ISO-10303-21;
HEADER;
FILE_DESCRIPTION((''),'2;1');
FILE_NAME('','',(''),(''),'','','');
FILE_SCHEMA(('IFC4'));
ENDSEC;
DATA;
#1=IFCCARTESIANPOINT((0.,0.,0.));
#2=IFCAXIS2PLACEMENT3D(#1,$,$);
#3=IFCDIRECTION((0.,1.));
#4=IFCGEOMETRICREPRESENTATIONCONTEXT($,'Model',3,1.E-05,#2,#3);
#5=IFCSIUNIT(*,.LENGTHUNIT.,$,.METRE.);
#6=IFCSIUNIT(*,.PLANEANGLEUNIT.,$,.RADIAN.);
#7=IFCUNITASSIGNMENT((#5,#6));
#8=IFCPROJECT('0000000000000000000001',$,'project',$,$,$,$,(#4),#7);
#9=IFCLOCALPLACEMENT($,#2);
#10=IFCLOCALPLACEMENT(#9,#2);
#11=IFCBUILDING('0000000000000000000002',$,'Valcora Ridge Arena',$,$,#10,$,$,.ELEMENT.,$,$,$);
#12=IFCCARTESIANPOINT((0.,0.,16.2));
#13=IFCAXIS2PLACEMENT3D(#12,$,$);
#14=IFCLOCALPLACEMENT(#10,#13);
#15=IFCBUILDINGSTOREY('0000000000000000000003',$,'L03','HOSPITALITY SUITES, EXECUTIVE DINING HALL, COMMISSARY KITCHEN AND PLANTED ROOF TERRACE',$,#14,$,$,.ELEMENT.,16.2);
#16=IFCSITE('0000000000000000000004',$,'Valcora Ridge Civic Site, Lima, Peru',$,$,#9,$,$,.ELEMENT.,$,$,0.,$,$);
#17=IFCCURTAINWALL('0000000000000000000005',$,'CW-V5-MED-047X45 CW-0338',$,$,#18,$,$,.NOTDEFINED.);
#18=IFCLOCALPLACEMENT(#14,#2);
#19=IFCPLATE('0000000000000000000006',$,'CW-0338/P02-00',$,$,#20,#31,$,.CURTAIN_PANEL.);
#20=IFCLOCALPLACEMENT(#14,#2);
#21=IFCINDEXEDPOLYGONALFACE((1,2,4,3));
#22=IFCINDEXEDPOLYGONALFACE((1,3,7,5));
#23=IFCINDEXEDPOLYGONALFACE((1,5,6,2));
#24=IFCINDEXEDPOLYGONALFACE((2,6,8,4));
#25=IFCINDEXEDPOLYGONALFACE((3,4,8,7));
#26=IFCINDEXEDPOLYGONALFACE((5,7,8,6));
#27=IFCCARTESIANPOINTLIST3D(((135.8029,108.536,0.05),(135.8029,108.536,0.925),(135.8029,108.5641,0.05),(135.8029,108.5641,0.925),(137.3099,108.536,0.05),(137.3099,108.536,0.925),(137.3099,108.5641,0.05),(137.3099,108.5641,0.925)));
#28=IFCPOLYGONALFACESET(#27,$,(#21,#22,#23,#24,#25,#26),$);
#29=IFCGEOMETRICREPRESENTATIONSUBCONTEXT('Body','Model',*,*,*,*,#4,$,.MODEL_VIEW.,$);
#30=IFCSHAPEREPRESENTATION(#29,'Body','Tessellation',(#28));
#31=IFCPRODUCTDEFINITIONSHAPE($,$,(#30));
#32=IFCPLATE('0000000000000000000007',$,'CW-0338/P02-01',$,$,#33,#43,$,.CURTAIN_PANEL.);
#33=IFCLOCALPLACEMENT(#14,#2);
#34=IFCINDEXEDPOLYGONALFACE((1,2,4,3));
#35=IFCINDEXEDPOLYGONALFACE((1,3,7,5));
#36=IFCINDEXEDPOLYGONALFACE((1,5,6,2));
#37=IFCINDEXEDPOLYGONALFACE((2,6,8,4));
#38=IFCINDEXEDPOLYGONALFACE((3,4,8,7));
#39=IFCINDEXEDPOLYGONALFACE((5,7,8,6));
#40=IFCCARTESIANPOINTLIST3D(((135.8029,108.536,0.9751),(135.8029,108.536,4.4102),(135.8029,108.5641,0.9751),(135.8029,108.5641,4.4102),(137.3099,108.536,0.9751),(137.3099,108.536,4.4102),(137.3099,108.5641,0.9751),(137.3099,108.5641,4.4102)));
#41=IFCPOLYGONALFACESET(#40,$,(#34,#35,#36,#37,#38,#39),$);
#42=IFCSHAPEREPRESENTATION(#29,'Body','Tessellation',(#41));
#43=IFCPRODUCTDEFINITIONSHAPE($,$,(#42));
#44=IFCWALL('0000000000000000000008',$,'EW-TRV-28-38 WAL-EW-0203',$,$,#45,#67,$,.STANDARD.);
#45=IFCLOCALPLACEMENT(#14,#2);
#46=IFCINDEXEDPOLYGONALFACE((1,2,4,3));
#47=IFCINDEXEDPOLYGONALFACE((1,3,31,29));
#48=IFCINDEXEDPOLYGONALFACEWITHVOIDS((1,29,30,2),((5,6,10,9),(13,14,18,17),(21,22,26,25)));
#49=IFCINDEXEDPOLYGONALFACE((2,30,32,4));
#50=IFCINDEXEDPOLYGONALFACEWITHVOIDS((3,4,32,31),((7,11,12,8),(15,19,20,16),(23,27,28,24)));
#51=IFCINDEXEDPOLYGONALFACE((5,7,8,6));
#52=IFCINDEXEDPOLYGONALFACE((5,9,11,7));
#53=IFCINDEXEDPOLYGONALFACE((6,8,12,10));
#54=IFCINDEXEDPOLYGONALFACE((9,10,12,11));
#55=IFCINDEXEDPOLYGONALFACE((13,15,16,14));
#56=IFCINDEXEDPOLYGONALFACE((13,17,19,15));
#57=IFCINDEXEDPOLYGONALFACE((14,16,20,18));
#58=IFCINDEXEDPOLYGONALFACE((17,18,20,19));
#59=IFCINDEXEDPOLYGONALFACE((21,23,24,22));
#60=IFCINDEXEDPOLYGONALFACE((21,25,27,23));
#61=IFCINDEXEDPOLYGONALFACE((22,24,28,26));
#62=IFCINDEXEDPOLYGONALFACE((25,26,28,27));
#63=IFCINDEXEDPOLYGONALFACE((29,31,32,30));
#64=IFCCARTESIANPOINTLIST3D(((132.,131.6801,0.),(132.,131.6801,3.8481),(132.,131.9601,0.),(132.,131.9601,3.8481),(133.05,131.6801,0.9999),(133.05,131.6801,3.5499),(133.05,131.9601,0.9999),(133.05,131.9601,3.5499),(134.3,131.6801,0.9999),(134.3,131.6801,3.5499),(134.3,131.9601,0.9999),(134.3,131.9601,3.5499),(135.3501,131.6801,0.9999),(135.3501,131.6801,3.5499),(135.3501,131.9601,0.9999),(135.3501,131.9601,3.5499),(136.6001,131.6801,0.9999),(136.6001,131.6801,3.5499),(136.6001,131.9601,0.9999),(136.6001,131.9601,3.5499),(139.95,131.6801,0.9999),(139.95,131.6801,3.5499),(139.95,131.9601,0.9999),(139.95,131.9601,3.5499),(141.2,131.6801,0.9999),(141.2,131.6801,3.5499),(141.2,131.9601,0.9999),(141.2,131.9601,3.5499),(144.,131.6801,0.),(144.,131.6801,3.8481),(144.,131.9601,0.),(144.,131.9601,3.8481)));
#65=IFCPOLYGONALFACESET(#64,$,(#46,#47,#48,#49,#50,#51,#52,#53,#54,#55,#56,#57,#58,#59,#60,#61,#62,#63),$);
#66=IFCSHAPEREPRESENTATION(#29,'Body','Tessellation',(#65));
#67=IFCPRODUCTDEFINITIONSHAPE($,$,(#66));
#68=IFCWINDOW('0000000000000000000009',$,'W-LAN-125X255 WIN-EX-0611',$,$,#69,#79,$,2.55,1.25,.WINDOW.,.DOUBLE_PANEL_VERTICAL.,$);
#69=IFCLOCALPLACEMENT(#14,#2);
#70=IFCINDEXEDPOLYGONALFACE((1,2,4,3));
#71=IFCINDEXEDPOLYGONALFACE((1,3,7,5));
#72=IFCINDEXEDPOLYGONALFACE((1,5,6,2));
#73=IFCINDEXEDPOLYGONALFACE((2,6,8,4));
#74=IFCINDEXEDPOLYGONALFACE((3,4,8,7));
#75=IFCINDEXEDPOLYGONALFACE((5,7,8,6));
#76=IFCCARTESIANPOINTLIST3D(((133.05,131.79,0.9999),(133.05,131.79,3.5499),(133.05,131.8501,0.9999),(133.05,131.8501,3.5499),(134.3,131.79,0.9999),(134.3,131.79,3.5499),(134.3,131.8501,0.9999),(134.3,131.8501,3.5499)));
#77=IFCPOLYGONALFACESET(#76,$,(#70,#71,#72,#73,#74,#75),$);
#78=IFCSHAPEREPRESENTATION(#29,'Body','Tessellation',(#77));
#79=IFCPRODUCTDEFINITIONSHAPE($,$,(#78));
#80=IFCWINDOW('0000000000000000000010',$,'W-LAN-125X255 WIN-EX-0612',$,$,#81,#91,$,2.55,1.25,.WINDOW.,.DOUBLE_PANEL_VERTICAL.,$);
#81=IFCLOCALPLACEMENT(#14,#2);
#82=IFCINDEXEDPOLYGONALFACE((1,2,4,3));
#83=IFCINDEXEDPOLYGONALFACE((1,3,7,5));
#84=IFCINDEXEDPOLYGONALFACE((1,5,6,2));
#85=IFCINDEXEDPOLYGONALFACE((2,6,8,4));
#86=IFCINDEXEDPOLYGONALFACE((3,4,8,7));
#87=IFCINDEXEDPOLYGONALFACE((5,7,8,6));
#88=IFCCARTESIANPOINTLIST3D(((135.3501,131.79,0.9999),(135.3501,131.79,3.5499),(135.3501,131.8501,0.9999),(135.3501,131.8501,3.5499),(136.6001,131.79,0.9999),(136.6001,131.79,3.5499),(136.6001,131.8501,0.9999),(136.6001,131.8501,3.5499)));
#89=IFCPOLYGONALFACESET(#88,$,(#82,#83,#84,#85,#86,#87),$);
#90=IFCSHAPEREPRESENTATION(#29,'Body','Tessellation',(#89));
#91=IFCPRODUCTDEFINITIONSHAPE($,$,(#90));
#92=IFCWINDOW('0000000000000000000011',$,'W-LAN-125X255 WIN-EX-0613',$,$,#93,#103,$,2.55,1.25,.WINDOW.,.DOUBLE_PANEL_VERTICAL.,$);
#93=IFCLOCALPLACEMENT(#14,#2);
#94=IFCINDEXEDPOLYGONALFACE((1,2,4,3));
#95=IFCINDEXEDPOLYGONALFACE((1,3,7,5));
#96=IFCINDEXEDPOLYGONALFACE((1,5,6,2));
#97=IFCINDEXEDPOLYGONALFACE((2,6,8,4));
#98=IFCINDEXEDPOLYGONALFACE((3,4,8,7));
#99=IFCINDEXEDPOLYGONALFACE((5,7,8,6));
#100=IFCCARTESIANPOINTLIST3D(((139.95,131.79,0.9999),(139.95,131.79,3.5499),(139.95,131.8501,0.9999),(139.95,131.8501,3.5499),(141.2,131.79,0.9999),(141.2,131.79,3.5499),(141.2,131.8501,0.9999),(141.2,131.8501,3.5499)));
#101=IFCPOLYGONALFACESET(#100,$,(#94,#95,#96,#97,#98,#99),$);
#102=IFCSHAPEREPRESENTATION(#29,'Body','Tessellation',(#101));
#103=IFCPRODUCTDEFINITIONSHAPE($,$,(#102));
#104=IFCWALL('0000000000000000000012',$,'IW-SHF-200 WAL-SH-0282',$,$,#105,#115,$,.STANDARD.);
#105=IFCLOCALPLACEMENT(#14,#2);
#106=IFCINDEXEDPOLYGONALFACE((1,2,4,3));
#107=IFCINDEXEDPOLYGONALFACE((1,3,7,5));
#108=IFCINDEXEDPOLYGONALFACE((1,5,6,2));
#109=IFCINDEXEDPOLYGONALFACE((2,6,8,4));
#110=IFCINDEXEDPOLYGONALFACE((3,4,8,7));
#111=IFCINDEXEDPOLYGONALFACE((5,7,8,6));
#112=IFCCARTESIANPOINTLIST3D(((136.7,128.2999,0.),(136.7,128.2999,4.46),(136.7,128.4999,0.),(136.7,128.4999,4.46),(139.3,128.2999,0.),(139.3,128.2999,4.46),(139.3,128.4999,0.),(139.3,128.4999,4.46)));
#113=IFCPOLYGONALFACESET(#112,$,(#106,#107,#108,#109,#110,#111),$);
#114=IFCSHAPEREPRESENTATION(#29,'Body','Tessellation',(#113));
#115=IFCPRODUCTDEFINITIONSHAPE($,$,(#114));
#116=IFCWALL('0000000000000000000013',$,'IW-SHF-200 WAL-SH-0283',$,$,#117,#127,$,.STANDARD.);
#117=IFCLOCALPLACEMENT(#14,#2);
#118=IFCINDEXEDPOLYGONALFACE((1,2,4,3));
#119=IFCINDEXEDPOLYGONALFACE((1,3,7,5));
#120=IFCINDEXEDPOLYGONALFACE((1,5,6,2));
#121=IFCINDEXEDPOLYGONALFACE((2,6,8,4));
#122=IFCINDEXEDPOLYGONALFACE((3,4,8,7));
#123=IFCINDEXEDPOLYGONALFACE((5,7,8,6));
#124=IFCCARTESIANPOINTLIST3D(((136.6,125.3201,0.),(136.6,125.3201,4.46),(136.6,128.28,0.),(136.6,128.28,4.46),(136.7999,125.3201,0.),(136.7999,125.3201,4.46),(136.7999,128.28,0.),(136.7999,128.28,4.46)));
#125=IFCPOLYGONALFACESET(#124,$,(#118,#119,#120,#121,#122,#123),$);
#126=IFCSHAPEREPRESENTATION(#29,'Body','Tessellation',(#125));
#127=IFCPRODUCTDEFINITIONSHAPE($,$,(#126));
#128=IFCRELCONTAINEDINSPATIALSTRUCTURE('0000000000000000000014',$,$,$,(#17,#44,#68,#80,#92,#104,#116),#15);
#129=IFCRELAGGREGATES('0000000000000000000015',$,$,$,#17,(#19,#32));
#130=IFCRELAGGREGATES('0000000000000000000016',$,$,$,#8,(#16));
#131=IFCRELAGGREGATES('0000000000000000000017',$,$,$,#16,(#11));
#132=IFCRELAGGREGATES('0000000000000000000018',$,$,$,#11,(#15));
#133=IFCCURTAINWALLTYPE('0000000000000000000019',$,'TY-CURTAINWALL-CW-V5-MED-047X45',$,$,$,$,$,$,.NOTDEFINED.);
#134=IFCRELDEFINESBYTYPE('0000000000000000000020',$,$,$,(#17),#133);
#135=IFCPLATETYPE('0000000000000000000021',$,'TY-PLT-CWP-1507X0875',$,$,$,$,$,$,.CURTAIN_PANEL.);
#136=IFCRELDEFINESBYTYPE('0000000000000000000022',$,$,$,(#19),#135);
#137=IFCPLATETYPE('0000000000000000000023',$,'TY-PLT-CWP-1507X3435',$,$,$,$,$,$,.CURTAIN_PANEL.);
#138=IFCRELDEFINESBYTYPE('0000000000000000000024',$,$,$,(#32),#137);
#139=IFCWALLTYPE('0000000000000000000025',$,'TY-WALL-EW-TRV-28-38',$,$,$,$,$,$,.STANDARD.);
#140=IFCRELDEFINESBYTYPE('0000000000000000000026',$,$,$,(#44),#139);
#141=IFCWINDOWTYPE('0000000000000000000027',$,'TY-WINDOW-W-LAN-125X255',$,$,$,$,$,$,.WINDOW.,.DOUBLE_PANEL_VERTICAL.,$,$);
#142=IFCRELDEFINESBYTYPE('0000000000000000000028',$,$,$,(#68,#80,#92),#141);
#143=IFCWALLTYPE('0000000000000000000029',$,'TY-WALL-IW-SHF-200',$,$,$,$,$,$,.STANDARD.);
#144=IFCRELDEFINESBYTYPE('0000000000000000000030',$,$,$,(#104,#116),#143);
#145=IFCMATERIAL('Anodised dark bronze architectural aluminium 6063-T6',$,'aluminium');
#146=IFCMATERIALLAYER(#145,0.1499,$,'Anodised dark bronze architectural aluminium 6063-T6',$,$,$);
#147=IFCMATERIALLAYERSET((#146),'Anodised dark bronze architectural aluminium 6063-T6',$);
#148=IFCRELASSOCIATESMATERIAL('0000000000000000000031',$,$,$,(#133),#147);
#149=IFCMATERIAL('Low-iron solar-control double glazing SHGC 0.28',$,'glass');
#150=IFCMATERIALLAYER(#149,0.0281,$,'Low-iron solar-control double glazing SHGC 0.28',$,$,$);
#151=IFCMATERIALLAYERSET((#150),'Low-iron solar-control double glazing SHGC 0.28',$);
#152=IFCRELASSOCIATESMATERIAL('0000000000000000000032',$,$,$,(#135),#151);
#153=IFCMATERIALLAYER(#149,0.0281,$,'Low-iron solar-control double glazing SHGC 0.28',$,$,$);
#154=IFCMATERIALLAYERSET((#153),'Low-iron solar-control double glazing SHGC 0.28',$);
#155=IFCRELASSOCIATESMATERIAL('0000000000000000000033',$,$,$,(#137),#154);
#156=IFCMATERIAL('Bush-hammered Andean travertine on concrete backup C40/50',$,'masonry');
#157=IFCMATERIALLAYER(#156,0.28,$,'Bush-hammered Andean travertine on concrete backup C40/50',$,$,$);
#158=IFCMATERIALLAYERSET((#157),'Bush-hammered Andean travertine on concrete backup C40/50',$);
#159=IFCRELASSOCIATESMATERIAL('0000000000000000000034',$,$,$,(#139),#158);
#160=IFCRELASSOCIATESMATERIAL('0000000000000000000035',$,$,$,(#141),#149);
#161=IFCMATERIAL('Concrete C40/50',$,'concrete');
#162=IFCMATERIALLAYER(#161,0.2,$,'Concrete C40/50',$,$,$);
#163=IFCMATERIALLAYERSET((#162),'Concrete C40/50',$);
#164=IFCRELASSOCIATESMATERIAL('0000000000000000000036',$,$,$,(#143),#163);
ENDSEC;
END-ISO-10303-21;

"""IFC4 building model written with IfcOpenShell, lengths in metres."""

from ifc_helpers import new_model, si_unit, direction, frame, frame_2d, origin, origin_2d, place, context, subcontext, project, spatial, rectangle, extrude, material, layer, layer_set, type_object, element, fill, aggregate, save


model = new_model("IFC4")

# Units and contexts
model_context = context("Model", 3, precision=1e-05, world=origin(), true_north=direction((0.0, 1.0)))
body_context = subcontext(model_context, "Body", "Model", "MODEL_VIEW")
ifc_project = project(units=[si_unit("LENGTHUNIT", "METRE"), si_unit("PLANEANGLEUNIT", "RADIAN")], contexts=[model_context])

# Site, building, storey
site_placement = place(None, origin())
site = spatial("IfcSite", under=ifc_project, at=site_placement, Name="Valcora Ridge Civic Site, Lima, Peru", CompositionType="ELEMENT", RefElevation=0.0)
building_placement = place(site_placement, origin())
building = spatial("IfcBuilding", under=site, at=building_placement, Name="Valcora Ridge Arena", CompositionType="ELEMENT")
storey_placement = place(building_placement, frame((0.0, 0.0, 16.2)))
storey = spatial("IfcBuildingStorey", under=building, at=storey_placement, Name="L03", Description="HOSPITALITY SUITES, EXECUTIVE DINING HALL, COMMISSARY KITCHEN AND PLANTED ROOF TERRACE", CompositionType="ELEMENT", Elevation=16.2)

# Shared definitions
ifc_material_1 = material(Name="Concrete C40/50", Category="concrete")

# Curtain wall, plates
ifc_material_2 = material(Name="Anodised dark bronze architectural aluminium 6063-T6", Category="aluminium")
ifc_layer_1 = layer(ifc_material_2, 0.1499, Name="Anodised dark bronze architectural aluminium 6063-T6")
ifc_layer_set_1 = layer_set([ifc_layer_1], Name="Anodised dark bronze architectural aluminium 6063-T6")
curtain_wall_type = type_object("IfcCurtainWallType", Name="TY-CURTAINWALL-CW-V5-MED-047X45", PredefinedType="NOTDEFINED", material=ifc_layer_set_1)
curtain_wall_placement = place(storey_placement, origin())
curtain_wall = element("IfcCurtainWall", 1, at=curtain_wall_placement, inside=storey, type_object=curtain_wall_type, Name="CW-V5-MED-047X45 CW-0338", PredefinedType="NOTDEFINED")
ifc_material_3 = material(Name="Low-iron solar-control double glazing SHGC 0.28", Category="glass")
ifc_layer_2 = layer(ifc_material_3, 0.0281, Name="Low-iron solar-control double glazing SHGC 0.28")
ifc_layer_set_2 = layer_set([ifc_layer_2], Name="Low-iron solar-control double glazing SHGC 0.28")
plate_type_1 = type_object("IfcPlateType", Name="TY-PLT-CWP-1507X0875", PredefinedType="CURTAIN_PANEL", material=ifc_layer_set_2)
plate_1_placement = place(storey_placement, frame((136.5564, 108.55, 0.05), z_axis=(0.0, 0.0, 1.0), x_axis=(1.0, 0.0, 0.0)))
plate_1 = element("IfcPlate", 2, at=plate_1_placement, type_object=plate_type_1, Name="CW-0338/P02-00", PredefinedType="CURTAIN_PANEL", context=body_context, shape_type="SweptSolid", body=[
    extrude(rectangle(XDim=1.5071, YDim=0.0281, at=origin_2d()), origin(), (0.0, 0.0, 1.0), 0.875),
])
ifc_layer_3 = layer(ifc_material_3, 0.0281, Name="Low-iron solar-control double glazing SHGC 0.28")
ifc_layer_set_3 = layer_set([ifc_layer_3], Name="Low-iron solar-control double glazing SHGC 0.28")
plate_type_2 = type_object("IfcPlateType", Name="TY-PLT-CWP-1507X3435", PredefinedType="CURTAIN_PANEL", material=ifc_layer_set_3)
plate_2_placement = place(storey_placement, frame((136.5564, 108.55, 0.9751), z_axis=(0.0, 0.0, 1.0), x_axis=(1.0, 0.0, 0.0)))
plate_2 = element("IfcPlate", 3, at=plate_2_placement, type_object=plate_type_2, Name="CW-0338/P02-01", PredefinedType="CURTAIN_PANEL", context=body_context, shape_type="SweptSolid", body=[
    extrude(rectangle(XDim=1.5071, YDim=0.0281, at=origin_2d()), origin(), (0.0, 0.0, 1.0), 3.4351),
])
aggregate(curtain_wall, [plate_1, plate_2])

# Wall, openings, windows
ifc_material_4 = material(Name="Bush-hammered Andean travertine on concrete backup C40/50", Category="masonry")
ifc_layer_4 = layer(ifc_material_4, 0.28, Name="Bush-hammered Andean travertine on concrete backup C40/50")
ifc_layer_set_4 = layer_set([ifc_layer_4], Name="Bush-hammered Andean travertine on concrete backup C40/50")
wall_type_1 = type_object("IfcWallType", Name="TY-WALL-EW-TRV-28-38", PredefinedType="STANDARD", material=ifc_layer_set_4)
wall_1_placement = place(storey_placement, frame((132.0, 131.8201, 0.0), z_axis=(0.0, 0.0, 1.0), x_axis=(1.0, 0.0, 0.0)))
wall_1 = element("IfcWall", 4, at=wall_1_placement, inside=storey, type_object=wall_type_1, Name="EW-TRV-28-38 WAL-EW-0203", PredefinedType="STANDARD", context=body_context, shape_type="SweptSolid", body=[
    extrude(rectangle(XDim=12.0, YDim=0.28, at=frame_2d((6.0, 0.0))), origin(), (0.0, 0.0, 1.0), 3.8481),
])
opening_1_placement = place(wall_1_placement, frame((1.05, 0.0, 1.0)))
opening_1 = element("IfcOpeningElement", 5, at=opening_1_placement, cuts=wall_1, PredefinedType="OPENING", context=body_context, shape_type="SweptSolid", body=[
    extrude(rectangle(XDim=1.25, YDim=2.55, at=frame_2d((0.625, 1.2749))), frame((0.0, 0.1499, 0.0), z_axis=(0.0, -1.0, 0.0), x_axis=(1.0, 0.0, 0.0)), (0.0, 0.0, 1.0), 0.3),
])
opening_2_placement = place(wall_1_placement, frame((3.3501, 0.0, 1.0)))
opening_2 = element("IfcOpeningElement", 6, at=opening_2_placement, cuts=wall_1, PredefinedType="OPENING", context=body_context, shape_type="SweptSolid", body=[
    extrude(rectangle(XDim=1.25, YDim=2.55, at=frame_2d((0.625, 1.2749))), frame((0.0, 0.1499, 0.0), z_axis=(0.0, -1.0, 0.0), x_axis=(1.0, 0.0, 0.0)), (0.0, 0.0, 1.0), 0.3),
])
opening_3_placement = place(wall_1_placement, frame((7.95, 0.0, 1.0)))
opening_3 = element("IfcOpeningElement", 7, at=opening_3_placement, cuts=wall_1, PredefinedType="OPENING", context=body_context, shape_type="SweptSolid", body=[
    extrude(rectangle(XDim=1.25, YDim=2.55, at=frame_2d((0.625, 1.2749))), frame((0.0, 0.1499, 0.0), z_axis=(0.0, -1.0, 0.0), x_axis=(1.0, 0.0, 0.0)), (0.0, 0.0, 1.0), 0.3),
])
window_type = type_object("IfcWindowType", Name="TY-WINDOW-W-LAN-125X255", PartitioningType="DOUBLE_PANEL_VERTICAL", PredefinedType="WINDOW", material=ifc_material_3)
window_1_placement = place(opening_1_placement, origin())
window_1 = element("IfcWindow", 8, at=window_1_placement, inside=storey, type_object=window_type, Name="W-LAN-125X255 WIN-EX-0611", OverallHeight=2.55, OverallWidth=1.25, PartitioningType="DOUBLE_PANEL_VERTICAL", PredefinedType="WINDOW", context=body_context, shape_type="SweptSolid", body=[
    extrude(rectangle(XDim=1.25, YDim=2.55, at=frame_2d((0.625, 1.2749))), frame((0.0, 0.03, 0.0), z_axis=(0.0, -1.0, 0.0), x_axis=(1.0, 0.0, 0.0)), (0.0, 0.0, 1.0), 0.0601),
])
fill(opening_1, window_1)
window_2_placement = place(opening_2_placement, origin())
window_2 = element("IfcWindow", 9, at=window_2_placement, inside=storey, type_object=window_type, Name="W-LAN-125X255 WIN-EX-0612", OverallHeight=2.55, OverallWidth=1.25, PartitioningType="DOUBLE_PANEL_VERTICAL", PredefinedType="WINDOW", context=body_context, shape_type="SweptSolid", body=[
    extrude(rectangle(XDim=1.25, YDim=2.55, at=frame_2d((0.625, 1.2749))), frame((0.0, 0.03, 0.0), z_axis=(0.0, -1.0, 0.0), x_axis=(1.0, 0.0, 0.0)), (0.0, 0.0, 1.0), 0.0601),
])
fill(opening_2, window_2)
window_3_placement = place(opening_3_placement, origin())
window_3 = element("IfcWindow", 10, at=window_3_placement, inside=storey, type_object=window_type, Name="W-LAN-125X255 WIN-EX-0613", OverallHeight=2.55, OverallWidth=1.25, PartitioningType="DOUBLE_PANEL_VERTICAL", PredefinedType="WINDOW", context=body_context, shape_type="SweptSolid", body=[
    extrude(rectangle(XDim=1.25, YDim=2.55, at=frame_2d((0.625, 1.2749))), frame((0.0, 0.03, 0.0), z_axis=(0.0, -1.0, 0.0), x_axis=(1.0, 0.0, 0.0)), (0.0, 0.0, 1.0), 0.0601),
])
fill(opening_3, window_3)

# Shared definitions
ifc_layer_5 = layer(ifc_material_1, 0.2, Name="Concrete C40/50")
ifc_layer_set_5 = layer_set([ifc_layer_5], Name="Concrete C40/50")
wall_type_2 = type_object("IfcWallType", Name="TY-WALL-IW-SHF-200", PredefinedType="STANDARD", material=ifc_layer_set_5)

# Walls
wall_2_placement = place(storey_placement, frame((136.7, 128.3999, 0.0), z_axis=(0.0, 0.0, 1.0), x_axis=(1.0, 0.0, 0.0)))
element("IfcWall", 11, at=wall_2_placement, inside=storey, type_object=wall_type_2, Name="IW-SHF-200 WAL-SH-0282", PredefinedType="STANDARD", context=body_context, shape_type="SweptSolid", body=[
    extrude(rectangle(XDim=2.6001, YDim=0.2, at=frame_2d((1.3, 0.0))), origin(), (0.0, 0.0, 1.0), 4.46),
])
wall_3_placement = place(storey_placement, frame((136.7, 125.3201, 0.0), z_axis=(0.0, 0.0, 1.0), x_axis=(0.0, 1.0, 0.0)))
element("IfcWall", 12, at=wall_3_placement, inside=storey, type_object=wall_type_2, Name="IW-SHF-200 WAL-SH-0283", PredefinedType="STANDARD", context=body_context, shape_type="SweptSolid", body=[
    extrude(rectangle(XDim=2.96, YDim=0.2, at=frame_2d((1.48, 0.0))), origin(), (0.0, 0.0, 1.0), 4.46),
])

save(model, "model.ifc")
